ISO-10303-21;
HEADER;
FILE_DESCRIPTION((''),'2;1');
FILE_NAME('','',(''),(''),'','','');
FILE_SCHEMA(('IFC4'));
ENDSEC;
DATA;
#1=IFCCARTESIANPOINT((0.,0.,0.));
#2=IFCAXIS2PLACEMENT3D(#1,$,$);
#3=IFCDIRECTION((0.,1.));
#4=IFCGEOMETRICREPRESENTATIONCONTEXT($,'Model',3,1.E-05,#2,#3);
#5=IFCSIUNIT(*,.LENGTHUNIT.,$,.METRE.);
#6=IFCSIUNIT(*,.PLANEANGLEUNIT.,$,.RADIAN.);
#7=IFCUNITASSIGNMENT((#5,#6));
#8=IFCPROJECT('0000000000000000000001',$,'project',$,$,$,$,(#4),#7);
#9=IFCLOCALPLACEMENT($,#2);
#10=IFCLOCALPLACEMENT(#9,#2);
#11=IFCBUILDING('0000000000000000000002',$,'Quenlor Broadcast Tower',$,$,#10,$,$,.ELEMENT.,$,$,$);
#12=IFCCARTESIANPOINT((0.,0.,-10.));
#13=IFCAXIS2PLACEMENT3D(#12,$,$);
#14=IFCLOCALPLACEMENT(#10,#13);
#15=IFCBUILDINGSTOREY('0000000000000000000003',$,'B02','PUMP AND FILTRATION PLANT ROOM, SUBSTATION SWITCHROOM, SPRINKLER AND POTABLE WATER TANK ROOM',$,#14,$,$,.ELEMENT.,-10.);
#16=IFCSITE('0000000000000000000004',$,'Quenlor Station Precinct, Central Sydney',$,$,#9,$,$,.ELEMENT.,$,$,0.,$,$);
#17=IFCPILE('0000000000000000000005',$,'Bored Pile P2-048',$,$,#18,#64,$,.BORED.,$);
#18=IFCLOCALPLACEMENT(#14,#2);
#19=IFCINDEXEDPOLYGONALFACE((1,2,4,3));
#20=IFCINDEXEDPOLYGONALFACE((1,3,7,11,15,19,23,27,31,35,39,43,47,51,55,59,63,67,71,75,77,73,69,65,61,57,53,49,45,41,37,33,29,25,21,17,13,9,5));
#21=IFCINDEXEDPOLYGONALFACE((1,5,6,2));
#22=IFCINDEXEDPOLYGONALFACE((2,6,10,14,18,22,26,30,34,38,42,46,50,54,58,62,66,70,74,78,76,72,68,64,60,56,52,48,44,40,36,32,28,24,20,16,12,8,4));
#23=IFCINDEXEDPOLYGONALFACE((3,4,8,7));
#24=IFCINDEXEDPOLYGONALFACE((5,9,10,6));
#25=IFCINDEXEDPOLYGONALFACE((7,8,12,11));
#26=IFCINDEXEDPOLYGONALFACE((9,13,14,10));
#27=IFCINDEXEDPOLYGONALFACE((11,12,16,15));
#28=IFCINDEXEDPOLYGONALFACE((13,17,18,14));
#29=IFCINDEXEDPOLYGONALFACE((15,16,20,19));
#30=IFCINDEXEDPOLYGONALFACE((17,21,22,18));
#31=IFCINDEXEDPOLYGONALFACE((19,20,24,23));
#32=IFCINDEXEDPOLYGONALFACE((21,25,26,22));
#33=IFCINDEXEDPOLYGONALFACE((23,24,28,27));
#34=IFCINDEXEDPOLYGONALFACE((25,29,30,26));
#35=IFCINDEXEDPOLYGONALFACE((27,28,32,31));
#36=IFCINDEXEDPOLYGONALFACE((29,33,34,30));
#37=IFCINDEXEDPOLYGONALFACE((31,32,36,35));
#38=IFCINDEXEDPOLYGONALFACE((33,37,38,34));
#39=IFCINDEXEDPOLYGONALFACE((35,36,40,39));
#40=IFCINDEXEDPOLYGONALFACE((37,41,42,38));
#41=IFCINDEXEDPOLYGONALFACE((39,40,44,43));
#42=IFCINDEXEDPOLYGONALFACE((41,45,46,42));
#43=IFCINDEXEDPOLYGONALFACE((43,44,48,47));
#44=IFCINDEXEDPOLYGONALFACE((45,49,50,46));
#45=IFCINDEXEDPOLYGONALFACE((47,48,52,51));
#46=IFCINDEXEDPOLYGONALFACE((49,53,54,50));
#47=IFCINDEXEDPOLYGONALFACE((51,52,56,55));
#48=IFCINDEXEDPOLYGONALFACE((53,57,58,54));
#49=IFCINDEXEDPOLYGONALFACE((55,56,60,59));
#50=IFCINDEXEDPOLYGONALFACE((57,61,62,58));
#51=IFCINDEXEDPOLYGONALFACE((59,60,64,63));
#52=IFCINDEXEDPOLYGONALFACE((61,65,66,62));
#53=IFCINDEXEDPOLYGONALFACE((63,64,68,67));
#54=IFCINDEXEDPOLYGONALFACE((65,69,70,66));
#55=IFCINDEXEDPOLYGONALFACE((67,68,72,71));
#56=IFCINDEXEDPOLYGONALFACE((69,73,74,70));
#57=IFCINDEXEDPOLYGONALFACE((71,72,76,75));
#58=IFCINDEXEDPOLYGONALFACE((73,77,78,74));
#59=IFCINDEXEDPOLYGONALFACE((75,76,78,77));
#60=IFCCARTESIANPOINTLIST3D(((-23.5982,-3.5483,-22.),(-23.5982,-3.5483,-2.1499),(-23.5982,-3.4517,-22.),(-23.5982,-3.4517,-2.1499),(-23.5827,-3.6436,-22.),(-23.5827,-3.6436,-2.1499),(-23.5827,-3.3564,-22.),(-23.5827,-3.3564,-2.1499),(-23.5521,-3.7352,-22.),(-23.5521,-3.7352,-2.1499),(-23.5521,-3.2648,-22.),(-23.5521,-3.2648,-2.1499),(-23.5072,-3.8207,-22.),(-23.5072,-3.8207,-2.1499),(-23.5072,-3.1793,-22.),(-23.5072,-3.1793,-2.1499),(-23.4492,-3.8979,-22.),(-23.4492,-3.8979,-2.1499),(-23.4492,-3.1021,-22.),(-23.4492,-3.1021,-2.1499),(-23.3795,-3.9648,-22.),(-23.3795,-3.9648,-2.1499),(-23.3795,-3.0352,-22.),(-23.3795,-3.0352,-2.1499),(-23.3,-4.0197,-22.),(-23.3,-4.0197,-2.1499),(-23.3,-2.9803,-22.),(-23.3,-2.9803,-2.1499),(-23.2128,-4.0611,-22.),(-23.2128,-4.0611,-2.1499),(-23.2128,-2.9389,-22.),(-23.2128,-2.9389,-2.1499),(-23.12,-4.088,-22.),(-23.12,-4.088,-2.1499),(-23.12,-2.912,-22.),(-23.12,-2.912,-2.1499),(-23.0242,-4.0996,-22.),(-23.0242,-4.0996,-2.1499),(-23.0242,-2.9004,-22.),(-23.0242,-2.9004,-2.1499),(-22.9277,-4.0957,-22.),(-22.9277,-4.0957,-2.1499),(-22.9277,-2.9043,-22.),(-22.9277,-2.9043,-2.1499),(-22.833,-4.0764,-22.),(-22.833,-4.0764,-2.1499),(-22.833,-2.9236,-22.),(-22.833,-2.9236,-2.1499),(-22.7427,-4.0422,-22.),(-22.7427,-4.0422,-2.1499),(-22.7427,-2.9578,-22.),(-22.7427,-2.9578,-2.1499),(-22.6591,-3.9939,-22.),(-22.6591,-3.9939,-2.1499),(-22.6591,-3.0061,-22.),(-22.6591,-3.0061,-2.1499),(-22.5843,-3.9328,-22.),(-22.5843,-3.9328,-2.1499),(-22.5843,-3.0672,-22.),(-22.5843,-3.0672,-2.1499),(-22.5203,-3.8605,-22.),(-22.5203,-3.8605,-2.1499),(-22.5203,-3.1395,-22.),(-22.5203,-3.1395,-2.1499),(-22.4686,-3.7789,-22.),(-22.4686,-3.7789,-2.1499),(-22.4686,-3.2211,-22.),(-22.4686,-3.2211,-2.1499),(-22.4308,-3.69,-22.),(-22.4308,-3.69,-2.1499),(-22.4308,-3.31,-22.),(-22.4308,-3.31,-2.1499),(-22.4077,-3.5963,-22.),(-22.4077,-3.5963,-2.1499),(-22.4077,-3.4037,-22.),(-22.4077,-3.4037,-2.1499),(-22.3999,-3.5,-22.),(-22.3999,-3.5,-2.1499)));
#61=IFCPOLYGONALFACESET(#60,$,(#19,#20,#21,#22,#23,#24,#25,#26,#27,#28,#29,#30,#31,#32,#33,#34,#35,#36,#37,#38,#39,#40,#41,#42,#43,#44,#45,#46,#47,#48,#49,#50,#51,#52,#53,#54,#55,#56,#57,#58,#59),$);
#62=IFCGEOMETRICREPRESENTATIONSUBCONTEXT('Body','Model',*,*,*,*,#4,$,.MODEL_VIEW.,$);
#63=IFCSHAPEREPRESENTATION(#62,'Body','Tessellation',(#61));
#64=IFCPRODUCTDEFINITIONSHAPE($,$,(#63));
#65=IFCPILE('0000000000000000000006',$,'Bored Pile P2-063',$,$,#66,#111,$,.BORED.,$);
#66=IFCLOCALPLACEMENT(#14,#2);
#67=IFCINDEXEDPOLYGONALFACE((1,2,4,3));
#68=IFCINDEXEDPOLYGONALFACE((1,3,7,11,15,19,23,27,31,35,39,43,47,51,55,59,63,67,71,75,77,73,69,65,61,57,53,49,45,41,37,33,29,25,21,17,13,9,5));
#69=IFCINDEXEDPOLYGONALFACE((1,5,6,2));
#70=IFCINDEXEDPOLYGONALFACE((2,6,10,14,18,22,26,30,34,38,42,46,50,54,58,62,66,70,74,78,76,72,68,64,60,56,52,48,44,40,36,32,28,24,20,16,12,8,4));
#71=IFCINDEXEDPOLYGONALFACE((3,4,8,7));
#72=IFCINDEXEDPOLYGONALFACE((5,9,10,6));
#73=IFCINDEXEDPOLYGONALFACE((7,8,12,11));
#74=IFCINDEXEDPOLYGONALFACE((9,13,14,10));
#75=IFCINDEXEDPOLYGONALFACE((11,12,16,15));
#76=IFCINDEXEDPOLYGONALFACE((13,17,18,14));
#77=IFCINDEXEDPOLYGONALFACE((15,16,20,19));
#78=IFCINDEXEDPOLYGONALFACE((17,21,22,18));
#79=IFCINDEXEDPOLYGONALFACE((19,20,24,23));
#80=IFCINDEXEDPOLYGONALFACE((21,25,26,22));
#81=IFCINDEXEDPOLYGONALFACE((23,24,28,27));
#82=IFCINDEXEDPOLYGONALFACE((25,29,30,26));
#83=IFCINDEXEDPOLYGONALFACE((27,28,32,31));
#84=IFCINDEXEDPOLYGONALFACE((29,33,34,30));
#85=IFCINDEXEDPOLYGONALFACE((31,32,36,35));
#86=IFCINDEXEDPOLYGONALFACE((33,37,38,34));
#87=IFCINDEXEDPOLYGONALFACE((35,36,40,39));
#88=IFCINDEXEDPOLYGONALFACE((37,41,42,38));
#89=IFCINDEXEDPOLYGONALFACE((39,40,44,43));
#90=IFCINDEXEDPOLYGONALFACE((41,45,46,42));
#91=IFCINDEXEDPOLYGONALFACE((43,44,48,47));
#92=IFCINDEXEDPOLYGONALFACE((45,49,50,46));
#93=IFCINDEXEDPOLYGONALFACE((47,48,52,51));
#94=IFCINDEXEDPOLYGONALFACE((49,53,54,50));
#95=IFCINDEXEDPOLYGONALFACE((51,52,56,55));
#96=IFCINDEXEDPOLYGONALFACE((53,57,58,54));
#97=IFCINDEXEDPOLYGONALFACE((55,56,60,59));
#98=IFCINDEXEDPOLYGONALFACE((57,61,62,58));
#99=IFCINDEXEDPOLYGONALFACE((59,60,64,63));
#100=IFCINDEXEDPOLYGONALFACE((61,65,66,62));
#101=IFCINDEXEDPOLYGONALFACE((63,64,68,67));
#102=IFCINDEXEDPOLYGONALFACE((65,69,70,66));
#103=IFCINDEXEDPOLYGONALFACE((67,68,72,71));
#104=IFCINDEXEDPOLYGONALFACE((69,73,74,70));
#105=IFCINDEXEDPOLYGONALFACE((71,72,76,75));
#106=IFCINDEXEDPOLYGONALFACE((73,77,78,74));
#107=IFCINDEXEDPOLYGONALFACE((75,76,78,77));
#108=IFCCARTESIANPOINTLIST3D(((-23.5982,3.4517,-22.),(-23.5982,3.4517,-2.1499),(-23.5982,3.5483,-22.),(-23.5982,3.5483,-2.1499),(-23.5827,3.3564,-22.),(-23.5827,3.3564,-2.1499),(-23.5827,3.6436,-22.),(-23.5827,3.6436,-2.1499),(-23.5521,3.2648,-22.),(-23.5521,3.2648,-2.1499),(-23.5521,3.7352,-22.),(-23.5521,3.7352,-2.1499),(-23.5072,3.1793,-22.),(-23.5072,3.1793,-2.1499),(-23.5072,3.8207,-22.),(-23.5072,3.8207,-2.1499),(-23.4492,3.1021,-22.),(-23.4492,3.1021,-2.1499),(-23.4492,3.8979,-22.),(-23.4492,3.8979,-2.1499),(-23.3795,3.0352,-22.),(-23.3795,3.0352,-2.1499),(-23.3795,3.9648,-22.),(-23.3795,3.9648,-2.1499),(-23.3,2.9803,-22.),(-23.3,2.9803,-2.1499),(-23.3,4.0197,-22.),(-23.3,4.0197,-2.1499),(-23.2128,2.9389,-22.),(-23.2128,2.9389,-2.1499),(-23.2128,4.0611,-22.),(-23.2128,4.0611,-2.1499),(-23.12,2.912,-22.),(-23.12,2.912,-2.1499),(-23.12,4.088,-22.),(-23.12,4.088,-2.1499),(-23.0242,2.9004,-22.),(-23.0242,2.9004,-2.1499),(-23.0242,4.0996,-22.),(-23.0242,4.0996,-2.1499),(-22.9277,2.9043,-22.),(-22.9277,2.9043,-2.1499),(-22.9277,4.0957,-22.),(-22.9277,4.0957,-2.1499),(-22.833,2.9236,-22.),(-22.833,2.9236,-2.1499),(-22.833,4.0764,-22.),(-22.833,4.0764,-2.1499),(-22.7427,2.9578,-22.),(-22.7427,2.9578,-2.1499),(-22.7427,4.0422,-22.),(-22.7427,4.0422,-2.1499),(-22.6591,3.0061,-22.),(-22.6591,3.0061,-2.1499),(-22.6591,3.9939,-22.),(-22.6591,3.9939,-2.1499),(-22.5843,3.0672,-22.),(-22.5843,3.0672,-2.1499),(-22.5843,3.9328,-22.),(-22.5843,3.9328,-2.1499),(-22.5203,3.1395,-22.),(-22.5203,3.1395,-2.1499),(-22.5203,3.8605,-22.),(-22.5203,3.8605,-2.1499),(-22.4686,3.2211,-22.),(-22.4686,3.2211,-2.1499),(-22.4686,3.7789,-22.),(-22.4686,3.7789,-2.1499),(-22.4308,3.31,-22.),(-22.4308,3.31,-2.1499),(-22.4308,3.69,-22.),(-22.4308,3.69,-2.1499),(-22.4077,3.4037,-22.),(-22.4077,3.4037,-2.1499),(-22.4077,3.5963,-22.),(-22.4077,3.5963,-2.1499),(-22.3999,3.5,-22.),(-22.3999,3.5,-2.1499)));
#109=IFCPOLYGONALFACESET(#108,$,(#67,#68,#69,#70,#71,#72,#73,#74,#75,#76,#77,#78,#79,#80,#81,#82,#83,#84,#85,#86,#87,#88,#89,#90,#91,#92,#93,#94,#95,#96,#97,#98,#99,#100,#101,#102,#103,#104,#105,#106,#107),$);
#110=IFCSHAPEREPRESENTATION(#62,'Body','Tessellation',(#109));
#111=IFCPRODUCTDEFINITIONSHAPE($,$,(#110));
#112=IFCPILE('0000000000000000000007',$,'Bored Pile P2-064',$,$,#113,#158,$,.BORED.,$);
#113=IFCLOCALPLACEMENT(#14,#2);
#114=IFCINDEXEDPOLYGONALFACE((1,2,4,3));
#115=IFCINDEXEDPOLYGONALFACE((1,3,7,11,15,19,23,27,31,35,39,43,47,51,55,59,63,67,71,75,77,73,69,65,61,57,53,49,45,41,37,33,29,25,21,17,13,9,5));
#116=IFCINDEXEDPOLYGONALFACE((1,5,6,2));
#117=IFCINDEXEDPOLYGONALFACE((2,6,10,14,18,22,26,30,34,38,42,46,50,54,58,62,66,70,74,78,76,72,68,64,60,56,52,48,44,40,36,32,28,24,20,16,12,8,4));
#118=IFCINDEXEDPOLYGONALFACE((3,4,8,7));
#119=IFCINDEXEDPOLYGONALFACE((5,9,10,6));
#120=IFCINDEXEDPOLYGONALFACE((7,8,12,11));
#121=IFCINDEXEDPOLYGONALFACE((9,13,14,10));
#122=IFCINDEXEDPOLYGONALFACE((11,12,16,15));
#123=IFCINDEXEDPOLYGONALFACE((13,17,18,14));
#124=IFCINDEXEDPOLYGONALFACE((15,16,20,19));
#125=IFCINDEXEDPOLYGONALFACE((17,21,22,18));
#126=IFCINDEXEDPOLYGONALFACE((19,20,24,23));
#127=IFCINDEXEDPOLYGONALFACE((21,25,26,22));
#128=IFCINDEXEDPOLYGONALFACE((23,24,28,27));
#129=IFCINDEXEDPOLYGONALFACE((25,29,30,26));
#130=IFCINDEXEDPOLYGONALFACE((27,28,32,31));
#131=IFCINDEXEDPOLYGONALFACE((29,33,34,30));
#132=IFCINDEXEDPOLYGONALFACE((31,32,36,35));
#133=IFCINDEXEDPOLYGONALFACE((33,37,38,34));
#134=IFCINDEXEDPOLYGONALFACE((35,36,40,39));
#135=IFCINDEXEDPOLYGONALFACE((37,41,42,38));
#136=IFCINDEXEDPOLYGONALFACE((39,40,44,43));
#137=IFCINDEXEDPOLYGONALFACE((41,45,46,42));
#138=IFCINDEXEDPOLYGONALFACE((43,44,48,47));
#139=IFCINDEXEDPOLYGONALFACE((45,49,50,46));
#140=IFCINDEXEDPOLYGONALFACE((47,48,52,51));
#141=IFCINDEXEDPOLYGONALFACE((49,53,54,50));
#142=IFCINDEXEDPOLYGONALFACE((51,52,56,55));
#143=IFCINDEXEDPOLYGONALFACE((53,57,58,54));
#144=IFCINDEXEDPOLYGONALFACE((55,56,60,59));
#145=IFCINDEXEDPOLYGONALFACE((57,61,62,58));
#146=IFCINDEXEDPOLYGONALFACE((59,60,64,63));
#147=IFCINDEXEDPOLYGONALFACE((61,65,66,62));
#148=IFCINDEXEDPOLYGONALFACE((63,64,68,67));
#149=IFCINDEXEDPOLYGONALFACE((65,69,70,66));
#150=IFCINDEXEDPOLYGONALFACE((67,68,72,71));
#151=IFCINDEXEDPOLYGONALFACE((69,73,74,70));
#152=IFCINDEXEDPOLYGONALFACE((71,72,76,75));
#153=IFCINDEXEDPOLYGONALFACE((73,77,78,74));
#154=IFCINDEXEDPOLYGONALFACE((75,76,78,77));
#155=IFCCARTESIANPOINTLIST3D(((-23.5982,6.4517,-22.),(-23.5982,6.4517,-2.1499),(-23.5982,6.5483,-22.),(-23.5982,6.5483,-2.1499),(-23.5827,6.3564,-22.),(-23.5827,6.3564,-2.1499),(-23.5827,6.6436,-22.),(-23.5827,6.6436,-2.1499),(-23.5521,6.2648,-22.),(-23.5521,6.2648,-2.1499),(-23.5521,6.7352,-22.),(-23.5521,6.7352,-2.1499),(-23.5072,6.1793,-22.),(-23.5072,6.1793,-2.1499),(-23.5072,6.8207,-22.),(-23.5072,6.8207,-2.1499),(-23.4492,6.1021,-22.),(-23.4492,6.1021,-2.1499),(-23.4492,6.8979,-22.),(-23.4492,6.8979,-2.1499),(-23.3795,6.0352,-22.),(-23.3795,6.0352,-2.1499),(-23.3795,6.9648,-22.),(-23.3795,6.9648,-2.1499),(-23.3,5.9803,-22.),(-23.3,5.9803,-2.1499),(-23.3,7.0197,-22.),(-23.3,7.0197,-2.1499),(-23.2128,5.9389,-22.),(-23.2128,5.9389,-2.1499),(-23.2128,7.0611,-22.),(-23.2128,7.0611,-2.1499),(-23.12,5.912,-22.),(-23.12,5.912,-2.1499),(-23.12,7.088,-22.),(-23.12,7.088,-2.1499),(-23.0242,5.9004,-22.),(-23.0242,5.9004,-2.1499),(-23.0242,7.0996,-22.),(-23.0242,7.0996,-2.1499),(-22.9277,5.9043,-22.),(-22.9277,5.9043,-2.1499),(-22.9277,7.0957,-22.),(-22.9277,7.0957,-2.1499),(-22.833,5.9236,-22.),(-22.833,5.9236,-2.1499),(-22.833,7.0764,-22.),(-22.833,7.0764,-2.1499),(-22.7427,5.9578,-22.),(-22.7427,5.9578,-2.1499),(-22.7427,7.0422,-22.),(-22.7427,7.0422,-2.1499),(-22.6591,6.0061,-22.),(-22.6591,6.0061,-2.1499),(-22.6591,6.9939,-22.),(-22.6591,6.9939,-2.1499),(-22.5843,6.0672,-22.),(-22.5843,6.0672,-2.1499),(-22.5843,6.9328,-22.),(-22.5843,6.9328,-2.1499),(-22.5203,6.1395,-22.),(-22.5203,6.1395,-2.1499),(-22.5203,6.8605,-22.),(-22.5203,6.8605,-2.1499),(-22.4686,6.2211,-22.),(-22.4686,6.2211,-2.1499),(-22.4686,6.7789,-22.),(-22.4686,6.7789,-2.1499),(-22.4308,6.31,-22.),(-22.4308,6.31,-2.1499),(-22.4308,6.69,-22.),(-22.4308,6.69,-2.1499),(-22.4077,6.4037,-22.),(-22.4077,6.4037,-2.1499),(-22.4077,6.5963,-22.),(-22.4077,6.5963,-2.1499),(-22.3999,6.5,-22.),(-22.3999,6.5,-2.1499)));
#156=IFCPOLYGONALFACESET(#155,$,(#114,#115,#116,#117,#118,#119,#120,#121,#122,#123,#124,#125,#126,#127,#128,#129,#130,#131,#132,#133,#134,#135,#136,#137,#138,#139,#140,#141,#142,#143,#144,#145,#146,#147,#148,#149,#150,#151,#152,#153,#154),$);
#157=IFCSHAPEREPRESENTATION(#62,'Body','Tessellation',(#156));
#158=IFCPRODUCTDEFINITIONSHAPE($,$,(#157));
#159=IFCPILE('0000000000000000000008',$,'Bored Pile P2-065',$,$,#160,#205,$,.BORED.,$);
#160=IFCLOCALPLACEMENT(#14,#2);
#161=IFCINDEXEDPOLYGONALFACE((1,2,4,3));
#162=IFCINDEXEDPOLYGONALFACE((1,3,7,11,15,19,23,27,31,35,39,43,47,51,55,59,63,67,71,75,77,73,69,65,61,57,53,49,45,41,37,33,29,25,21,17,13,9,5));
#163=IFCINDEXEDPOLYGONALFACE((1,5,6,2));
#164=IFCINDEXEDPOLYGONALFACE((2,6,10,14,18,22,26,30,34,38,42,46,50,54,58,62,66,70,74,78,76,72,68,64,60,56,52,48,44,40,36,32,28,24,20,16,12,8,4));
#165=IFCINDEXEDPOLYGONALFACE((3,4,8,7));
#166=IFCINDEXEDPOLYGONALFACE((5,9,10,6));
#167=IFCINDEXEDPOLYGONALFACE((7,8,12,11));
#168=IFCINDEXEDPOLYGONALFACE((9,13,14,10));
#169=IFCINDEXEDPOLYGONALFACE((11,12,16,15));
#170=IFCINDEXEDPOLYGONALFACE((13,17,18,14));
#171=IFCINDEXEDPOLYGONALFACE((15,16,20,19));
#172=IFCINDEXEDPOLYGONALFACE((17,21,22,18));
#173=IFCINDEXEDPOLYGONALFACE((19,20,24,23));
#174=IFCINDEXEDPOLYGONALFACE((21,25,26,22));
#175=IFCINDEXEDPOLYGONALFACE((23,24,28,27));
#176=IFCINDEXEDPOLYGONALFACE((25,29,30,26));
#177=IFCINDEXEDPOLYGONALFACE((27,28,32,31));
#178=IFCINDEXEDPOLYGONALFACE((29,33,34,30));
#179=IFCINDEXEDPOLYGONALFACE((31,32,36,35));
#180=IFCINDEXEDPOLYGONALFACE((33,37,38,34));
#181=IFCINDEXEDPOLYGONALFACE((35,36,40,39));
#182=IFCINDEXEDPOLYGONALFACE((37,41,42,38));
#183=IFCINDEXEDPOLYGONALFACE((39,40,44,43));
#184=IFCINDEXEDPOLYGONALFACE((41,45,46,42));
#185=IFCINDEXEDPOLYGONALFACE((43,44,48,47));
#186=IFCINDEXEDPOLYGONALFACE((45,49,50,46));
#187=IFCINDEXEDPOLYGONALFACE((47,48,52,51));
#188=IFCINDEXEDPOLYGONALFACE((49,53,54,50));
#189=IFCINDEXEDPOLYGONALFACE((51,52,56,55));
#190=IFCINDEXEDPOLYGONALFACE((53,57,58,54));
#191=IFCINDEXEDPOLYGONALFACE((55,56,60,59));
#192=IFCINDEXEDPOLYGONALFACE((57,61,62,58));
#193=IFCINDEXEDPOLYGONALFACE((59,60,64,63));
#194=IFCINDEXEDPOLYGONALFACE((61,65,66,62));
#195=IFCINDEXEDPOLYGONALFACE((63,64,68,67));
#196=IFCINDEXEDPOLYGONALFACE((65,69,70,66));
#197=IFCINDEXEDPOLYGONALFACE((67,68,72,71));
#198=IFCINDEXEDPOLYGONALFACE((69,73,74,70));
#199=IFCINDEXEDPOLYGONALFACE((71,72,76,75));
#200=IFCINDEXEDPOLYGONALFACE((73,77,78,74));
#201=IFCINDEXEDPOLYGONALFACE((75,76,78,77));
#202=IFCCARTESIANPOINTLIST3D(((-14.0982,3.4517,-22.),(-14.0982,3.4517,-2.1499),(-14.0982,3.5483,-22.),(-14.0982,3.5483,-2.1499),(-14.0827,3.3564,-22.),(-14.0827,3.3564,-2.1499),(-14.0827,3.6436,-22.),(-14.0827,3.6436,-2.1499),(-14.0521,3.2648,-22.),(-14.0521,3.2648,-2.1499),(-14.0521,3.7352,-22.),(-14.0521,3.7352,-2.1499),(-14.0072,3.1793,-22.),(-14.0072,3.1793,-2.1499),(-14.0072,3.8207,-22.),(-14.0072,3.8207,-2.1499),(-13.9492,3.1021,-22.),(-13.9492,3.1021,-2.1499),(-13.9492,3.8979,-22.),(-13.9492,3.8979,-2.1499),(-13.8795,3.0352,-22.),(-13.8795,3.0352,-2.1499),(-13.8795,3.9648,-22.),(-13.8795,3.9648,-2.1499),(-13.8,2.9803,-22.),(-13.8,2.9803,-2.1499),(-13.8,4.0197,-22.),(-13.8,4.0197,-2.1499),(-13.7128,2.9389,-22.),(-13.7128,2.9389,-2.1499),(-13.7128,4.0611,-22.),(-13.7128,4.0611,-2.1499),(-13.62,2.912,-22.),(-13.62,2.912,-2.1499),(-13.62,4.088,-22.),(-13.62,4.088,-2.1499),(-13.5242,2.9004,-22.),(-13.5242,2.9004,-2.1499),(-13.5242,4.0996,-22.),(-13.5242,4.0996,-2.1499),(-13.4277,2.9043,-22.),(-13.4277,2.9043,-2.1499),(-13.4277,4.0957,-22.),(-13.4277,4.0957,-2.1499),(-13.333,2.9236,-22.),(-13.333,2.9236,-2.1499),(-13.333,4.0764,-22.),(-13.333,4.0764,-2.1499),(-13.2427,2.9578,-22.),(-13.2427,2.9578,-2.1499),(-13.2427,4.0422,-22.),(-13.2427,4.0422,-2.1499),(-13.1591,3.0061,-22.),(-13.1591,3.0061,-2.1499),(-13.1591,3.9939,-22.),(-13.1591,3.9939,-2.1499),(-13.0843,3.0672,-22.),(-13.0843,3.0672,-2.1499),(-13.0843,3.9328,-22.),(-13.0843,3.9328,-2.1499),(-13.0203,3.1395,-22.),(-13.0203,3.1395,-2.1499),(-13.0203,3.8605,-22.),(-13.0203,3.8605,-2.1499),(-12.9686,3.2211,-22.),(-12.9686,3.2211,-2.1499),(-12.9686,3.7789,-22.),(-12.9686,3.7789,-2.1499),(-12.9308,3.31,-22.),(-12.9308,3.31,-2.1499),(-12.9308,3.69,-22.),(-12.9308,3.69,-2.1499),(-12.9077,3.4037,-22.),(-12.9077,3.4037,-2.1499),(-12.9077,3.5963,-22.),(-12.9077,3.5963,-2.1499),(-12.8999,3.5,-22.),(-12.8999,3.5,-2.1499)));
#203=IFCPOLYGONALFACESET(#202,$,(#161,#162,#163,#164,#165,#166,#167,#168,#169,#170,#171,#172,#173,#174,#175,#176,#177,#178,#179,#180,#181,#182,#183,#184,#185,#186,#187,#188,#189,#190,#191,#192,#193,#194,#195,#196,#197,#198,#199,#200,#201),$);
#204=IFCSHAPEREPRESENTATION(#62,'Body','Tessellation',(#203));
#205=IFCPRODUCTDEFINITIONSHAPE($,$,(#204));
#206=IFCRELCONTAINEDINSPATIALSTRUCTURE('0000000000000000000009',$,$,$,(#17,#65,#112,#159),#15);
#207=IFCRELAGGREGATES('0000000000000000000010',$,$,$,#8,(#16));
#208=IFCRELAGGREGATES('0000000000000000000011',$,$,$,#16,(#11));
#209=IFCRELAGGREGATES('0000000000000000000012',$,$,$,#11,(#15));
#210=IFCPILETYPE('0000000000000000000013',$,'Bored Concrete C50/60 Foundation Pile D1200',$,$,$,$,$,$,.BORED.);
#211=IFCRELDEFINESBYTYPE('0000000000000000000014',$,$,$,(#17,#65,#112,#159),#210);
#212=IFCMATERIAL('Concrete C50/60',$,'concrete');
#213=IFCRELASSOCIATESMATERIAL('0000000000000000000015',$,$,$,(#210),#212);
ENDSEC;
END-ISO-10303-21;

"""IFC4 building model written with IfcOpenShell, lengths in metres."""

from ifc_helpers import new_model, si_unit, direction, frame, origin, origin_2d, place, context, subcontext, project, spatial, circle, extrude, material, material_profile, profile_set, type_object, element, save


model = new_model("IFC4")

# Units and contexts
model_context = context("Model", 3, precision=1e-05, world=origin(), true_north=direction((0.0, 1.0)))
body_context = subcontext(model_context, "Body", "Model", "MODEL_VIEW")
ifc_project = project(units=[si_unit("LENGTHUNIT", "METRE"), si_unit("PLANEANGLEUNIT", "RADIAN")], contexts=[model_context])

# Site, building, storey
site_placement = place(None, origin())
site = spatial("IfcSite", under=ifc_project, at=site_placement, Name="Quenlor Station Precinct, Central Sydney", CompositionType="ELEMENT", RefElevation=0.0)
building_placement = place(site_placement, origin())
building = spatial("IfcBuilding", under=site, at=building_placement, Name="Quenlor Broadcast Tower", CompositionType="ELEMENT")
storey_placement = place(building_placement, frame((0.0, 0.0, -10.0)))
storey = spatial("IfcBuildingStorey", under=building, at=storey_placement, Name="B02", Description="PUMP AND FILTRATION PLANT ROOM, SUBSTATION SWITCHROOM, SPRINKLER AND POTABLE WATER TANK ROOM", CompositionType="ELEMENT", Elevation=-10.0)

# Piles
ifc_material_1 = material(Name="Concrete C50/60", Category="concrete")
ifc_material_profile_1 = material_profile(ifc_material_1, circle(Radius=0.6001, at=origin_2d()))
ifc_profile_set_1 = profile_set([ifc_material_profile_1], Name="Concrete C50/60 PILE1200")
pile_type = type_object("IfcPileType", Name="Bored Concrete C50/60 Foundation Pile D1200", PredefinedType="BORED", material=ifc_profile_set_1)
for number, where, z_axis, x_axis, name in (
    (1, (-23.0, -3.5, -2.1499), (0.0, 0.0, -1.0), (1.0, 0.0, 0.0), "Bored Pile P2-048"),
    (2, (-23.0, 3.5, -2.1499), (0.0, 0.0, -1.0), (1.0, 0.0, 0.0), "Bored Pile P2-063"),
    (3, (-23.0, 6.5, -2.1499), (0.0, 0.0, -1.0), (1.0, 0.0, 0.0), "Bored Pile P2-064"),
    (4, (-13.5, 3.5, -2.1499), (0.0, 0.0, -1.0), (1.0, 0.0, 0.0), "Bored Pile P2-065"),
):
    element("IfcPile", number, at=place(storey_placement, frame(where, z_axis=z_axis, x_axis=x_axis)), inside=storey, type_object=pile_type, Name=name, PredefinedType="BORED", context=body_context, shape_type="SweptSolid", body=[
        extrude(circle(Radius=0.6001, at=origin_2d()), origin(), (0.0, 0.0, 1.0), 19.8501),
    ])

save(model, "model.ifc")
